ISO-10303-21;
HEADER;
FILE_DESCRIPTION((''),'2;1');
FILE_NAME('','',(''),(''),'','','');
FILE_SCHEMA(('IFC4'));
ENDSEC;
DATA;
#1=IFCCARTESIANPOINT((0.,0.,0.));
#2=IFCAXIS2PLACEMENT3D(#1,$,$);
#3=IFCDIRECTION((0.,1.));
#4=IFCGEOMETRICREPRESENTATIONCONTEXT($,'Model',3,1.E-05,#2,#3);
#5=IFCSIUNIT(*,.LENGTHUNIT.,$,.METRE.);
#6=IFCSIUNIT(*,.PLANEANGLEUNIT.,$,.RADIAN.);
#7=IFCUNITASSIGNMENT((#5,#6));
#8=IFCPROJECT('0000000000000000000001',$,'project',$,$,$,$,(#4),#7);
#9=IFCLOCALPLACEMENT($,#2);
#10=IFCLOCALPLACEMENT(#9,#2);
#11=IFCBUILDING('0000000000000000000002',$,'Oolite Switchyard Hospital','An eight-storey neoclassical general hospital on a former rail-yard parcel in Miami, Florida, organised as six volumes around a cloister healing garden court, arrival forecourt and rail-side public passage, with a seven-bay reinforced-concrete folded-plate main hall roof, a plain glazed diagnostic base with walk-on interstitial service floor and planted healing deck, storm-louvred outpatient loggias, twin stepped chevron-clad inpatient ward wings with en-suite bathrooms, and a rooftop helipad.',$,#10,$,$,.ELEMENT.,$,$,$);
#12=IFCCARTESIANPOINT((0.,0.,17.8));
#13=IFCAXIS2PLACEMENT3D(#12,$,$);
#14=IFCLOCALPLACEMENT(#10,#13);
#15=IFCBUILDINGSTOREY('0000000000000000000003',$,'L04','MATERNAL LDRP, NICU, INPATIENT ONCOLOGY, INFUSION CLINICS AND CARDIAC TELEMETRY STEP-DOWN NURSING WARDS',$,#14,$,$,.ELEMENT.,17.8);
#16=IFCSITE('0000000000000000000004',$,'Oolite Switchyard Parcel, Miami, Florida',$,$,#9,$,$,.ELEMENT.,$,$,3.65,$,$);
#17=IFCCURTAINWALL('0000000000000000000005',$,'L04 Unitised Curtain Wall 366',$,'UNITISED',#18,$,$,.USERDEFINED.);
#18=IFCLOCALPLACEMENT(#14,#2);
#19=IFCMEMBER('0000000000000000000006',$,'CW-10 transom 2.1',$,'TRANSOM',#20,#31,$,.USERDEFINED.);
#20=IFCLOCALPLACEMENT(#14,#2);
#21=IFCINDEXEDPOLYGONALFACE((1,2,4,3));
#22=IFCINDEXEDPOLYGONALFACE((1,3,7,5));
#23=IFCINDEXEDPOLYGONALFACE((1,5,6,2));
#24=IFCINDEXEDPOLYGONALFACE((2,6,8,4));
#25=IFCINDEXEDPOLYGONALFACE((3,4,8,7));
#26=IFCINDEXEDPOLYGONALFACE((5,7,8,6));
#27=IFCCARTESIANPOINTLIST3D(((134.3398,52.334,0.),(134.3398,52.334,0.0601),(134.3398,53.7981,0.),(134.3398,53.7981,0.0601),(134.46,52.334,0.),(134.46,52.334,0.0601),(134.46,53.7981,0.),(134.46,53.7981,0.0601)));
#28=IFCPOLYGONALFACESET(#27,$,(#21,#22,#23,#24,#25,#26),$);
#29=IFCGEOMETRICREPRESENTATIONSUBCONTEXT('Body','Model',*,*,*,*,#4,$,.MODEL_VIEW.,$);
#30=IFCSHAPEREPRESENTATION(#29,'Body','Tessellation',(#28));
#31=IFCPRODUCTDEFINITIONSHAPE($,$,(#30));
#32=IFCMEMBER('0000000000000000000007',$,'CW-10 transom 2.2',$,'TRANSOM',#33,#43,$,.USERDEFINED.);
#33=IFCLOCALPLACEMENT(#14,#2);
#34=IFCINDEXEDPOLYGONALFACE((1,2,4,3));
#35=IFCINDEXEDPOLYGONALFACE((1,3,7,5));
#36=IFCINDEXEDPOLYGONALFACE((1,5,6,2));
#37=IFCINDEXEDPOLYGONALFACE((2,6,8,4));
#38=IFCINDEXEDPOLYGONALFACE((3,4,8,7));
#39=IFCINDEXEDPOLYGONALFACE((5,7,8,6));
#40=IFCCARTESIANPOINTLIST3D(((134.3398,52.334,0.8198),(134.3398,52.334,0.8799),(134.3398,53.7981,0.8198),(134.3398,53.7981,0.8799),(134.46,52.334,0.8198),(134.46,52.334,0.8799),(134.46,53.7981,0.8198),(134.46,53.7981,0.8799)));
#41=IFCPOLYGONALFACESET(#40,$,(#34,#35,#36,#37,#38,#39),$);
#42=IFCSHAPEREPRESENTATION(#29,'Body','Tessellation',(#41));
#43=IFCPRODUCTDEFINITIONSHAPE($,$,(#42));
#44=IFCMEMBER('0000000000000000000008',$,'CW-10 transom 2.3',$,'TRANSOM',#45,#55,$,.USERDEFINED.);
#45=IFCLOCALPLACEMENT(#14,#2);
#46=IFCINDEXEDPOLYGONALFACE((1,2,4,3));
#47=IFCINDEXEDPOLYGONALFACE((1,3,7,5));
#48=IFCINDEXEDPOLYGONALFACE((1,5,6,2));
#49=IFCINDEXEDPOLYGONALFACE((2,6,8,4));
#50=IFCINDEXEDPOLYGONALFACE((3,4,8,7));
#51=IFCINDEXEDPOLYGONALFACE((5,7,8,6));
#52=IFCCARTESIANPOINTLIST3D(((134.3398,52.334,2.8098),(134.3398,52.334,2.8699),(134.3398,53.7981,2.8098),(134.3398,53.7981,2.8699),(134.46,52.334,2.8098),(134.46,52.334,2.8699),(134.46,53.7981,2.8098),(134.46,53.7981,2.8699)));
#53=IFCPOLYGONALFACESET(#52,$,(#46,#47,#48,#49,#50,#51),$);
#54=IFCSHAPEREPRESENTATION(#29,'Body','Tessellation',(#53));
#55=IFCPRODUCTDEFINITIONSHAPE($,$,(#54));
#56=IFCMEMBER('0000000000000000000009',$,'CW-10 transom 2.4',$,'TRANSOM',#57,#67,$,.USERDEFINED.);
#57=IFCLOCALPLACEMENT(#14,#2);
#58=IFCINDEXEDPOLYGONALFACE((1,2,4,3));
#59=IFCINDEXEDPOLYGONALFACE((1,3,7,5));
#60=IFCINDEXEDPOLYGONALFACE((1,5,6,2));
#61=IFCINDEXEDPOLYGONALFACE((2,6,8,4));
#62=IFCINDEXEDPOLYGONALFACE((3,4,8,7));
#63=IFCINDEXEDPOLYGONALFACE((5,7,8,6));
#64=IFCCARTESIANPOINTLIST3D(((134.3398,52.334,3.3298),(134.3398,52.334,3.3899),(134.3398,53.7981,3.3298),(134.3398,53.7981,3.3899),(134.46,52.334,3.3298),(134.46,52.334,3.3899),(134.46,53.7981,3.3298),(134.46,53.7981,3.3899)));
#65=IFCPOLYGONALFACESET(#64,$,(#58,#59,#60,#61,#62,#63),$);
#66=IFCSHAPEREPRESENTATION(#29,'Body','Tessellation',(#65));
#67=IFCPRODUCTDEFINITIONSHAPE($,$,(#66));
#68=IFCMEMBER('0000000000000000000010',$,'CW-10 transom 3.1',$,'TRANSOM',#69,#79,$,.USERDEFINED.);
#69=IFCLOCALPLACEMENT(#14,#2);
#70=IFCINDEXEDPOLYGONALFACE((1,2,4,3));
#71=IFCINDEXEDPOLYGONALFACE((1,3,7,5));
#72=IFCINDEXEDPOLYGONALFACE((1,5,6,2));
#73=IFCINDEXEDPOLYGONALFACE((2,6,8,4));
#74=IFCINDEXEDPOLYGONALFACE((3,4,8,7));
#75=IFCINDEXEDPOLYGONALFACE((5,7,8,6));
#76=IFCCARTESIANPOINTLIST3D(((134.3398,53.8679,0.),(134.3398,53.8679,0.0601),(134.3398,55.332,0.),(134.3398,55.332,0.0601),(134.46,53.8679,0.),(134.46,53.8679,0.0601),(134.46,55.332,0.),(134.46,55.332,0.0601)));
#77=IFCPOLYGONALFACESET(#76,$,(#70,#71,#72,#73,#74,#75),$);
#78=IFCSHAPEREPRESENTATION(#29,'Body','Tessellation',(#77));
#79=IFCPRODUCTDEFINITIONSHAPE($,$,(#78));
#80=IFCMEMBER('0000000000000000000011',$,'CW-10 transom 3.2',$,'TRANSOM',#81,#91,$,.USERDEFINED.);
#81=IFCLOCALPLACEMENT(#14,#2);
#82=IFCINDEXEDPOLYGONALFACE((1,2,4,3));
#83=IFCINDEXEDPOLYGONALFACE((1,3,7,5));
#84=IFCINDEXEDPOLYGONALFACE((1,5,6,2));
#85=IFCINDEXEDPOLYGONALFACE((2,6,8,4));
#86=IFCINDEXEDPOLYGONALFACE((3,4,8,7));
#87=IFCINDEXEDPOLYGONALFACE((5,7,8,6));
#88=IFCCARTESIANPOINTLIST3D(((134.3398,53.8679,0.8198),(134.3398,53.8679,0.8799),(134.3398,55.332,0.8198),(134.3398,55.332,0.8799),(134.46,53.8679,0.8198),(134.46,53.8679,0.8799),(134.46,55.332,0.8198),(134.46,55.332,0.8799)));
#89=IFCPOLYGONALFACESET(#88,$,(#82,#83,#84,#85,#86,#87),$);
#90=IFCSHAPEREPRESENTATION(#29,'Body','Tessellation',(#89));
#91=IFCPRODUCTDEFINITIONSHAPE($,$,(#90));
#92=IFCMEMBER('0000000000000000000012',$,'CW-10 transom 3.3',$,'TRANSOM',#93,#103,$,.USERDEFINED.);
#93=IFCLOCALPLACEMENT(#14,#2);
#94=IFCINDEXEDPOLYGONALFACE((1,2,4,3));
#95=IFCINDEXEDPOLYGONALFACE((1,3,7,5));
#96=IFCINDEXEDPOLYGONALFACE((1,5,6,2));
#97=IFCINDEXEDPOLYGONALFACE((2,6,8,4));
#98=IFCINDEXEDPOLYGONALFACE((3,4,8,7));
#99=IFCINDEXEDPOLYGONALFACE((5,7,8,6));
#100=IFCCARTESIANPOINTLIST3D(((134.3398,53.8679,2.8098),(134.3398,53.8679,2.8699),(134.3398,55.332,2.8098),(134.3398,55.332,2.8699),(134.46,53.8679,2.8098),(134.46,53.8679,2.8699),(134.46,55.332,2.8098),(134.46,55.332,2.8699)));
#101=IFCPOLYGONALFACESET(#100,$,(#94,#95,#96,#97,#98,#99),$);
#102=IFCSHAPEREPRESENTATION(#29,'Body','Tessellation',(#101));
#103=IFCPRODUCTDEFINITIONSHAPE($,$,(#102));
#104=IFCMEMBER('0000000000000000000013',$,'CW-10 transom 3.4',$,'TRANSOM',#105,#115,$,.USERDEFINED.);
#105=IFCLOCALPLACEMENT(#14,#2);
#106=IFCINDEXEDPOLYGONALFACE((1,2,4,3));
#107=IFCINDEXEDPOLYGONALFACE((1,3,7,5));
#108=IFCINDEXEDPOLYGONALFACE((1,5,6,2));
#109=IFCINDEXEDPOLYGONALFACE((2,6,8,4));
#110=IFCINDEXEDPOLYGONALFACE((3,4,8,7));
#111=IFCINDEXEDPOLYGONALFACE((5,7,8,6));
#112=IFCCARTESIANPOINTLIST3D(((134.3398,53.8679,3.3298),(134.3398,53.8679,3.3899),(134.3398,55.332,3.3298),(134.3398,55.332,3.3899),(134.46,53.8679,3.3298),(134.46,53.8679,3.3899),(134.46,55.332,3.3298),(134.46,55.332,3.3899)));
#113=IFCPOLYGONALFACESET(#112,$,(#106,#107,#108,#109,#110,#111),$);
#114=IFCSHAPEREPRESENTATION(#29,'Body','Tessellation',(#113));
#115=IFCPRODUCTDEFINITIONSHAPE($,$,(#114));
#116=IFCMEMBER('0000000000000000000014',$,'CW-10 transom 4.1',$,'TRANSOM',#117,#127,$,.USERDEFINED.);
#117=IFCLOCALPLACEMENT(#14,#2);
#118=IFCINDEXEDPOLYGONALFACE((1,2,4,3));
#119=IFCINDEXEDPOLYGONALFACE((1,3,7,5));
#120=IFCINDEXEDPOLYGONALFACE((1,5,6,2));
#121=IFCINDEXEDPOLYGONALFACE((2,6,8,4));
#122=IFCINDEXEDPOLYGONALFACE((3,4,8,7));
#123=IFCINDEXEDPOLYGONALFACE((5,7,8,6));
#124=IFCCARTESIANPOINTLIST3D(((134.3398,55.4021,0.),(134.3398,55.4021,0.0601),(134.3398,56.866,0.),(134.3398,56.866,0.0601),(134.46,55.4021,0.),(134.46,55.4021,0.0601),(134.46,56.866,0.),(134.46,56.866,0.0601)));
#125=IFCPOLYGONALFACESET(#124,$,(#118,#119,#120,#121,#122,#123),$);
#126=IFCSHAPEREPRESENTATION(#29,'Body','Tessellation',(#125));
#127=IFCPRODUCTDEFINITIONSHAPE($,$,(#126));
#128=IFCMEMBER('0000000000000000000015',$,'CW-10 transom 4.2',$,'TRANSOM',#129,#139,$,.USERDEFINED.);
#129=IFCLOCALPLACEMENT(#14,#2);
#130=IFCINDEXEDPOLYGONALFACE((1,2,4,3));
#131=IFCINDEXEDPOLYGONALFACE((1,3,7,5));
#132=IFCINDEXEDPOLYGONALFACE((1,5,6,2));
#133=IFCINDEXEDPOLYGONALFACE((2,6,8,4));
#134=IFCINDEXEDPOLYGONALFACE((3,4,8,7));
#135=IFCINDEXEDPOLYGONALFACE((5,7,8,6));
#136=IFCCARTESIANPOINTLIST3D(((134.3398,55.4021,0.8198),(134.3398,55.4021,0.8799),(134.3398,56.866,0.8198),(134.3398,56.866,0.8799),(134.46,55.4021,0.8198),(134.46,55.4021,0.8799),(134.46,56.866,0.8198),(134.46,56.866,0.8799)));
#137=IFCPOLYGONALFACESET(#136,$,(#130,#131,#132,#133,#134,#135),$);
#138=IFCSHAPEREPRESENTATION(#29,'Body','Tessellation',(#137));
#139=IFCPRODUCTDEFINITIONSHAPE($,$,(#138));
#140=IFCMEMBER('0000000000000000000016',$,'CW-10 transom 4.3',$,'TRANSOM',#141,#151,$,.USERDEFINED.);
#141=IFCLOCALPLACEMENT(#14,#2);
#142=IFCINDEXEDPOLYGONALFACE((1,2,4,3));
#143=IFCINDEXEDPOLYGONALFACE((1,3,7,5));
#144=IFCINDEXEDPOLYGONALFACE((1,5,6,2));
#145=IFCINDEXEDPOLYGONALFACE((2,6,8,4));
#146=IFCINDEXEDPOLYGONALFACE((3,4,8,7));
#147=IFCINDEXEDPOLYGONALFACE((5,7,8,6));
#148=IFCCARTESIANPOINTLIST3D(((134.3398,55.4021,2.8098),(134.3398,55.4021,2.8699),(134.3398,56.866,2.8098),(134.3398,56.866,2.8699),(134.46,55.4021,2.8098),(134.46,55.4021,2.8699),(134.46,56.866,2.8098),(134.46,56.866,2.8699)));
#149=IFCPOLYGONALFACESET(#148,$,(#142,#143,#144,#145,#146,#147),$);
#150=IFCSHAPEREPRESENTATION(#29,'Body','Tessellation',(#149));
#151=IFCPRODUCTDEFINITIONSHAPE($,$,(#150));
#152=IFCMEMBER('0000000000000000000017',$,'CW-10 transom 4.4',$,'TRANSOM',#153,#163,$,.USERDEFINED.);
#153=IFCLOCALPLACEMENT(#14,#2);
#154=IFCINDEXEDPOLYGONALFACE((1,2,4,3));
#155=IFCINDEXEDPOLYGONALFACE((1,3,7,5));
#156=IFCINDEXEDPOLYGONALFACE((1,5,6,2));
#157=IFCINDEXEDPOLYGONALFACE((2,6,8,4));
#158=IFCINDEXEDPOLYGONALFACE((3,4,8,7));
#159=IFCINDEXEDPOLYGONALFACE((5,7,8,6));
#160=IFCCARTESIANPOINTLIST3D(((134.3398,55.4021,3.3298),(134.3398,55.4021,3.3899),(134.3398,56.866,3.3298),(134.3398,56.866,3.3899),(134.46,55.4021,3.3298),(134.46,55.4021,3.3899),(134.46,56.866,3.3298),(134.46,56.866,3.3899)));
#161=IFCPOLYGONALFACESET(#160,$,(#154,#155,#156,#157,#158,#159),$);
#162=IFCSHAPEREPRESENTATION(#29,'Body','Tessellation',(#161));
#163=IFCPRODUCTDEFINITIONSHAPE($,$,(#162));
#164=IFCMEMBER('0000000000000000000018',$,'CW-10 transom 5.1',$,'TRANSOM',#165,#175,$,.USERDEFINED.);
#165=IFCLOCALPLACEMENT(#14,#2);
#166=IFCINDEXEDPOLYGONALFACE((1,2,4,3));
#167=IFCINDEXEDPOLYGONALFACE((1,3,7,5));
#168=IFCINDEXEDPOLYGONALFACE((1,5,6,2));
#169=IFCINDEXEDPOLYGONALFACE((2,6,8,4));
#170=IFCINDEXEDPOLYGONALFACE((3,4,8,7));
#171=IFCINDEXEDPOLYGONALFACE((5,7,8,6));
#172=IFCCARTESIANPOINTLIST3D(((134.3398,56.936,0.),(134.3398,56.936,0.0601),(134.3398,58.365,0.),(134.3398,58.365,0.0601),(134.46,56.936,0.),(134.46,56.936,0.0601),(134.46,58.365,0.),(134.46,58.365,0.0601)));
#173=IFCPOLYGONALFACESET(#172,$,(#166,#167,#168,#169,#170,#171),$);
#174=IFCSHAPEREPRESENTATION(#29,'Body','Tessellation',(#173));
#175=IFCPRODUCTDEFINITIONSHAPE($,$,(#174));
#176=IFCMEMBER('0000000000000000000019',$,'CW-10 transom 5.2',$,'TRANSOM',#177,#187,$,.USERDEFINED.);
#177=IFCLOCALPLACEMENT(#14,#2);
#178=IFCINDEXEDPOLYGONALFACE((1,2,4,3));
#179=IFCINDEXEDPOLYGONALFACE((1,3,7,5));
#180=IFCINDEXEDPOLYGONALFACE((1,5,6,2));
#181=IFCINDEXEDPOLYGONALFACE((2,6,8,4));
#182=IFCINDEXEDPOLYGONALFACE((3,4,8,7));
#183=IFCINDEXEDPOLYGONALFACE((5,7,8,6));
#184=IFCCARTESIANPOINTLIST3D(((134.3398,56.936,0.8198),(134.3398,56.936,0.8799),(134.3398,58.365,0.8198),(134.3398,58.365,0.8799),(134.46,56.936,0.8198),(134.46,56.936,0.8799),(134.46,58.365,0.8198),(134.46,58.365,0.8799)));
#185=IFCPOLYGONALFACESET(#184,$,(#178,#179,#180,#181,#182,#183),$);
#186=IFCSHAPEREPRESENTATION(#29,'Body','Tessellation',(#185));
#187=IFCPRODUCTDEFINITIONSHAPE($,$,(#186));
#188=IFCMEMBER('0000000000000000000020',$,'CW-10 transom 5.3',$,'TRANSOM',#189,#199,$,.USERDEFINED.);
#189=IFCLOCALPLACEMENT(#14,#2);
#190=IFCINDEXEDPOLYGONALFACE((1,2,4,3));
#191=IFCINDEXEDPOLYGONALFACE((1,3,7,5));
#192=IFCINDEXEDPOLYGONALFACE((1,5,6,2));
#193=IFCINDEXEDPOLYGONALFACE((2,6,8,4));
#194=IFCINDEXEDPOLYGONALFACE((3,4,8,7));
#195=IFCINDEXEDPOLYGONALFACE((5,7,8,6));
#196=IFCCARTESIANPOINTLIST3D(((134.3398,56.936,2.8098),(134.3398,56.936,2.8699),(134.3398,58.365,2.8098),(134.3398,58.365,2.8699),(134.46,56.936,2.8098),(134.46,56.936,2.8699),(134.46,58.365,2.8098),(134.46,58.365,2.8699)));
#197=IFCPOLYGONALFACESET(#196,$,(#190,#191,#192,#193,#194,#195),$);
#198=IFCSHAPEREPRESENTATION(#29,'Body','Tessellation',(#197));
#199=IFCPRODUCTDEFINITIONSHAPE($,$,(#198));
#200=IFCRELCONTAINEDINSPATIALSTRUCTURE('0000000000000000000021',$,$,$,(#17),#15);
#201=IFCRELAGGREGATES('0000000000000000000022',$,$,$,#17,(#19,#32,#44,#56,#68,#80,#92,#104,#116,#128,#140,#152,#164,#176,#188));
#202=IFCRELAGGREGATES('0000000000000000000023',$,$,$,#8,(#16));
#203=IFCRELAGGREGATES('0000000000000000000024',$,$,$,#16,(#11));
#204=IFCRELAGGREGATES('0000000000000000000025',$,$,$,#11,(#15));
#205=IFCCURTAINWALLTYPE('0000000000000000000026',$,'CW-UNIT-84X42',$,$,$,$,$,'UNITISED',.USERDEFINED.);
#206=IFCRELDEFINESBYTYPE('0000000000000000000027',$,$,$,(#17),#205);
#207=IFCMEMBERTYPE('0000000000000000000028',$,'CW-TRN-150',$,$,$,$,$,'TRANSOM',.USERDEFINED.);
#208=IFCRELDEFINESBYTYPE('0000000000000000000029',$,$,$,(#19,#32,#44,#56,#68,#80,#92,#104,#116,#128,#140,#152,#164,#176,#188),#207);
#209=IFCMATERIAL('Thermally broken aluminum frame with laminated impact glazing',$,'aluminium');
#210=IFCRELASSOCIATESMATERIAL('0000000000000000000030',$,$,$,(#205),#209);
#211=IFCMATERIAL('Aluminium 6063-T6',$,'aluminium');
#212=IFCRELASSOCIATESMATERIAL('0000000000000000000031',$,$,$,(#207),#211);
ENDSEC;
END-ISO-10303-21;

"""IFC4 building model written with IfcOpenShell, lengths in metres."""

from ifc_helpers import new_model, si_unit, direction, frame, origin, origin_2d, place, context, subcontext, project, spatial, rectangle, extrude, material, material_profile, profile_set, type_object, element, aggregate, save


model = new_model("IFC4")

# Units and contexts
model_context = context("Model", 3, precision=1e-05, world=origin(), true_north=direction((0.0, 1.0)))
body_context = subcontext(model_context, "Body", "Model", "MODEL_VIEW")
ifc_project = project(units=[si_unit("LENGTHUNIT", "METRE"), si_unit("PLANEANGLEUNIT", "RADIAN")], contexts=[model_context])

# Site, building, storey
site_placement = place(None, origin())
site = spatial("IfcSite", under=ifc_project, at=site_placement, Name="Oolite Switchyard Parcel, Miami, Florida", CompositionType="ELEMENT", RefElevation=3.65)
building_placement = place(site_placement, origin())
building = spatial("IfcBuilding", under=site, at=building_placement, Name="Oolite Switchyard Hospital", Description="An eight-storey neoclassical general hospital on a former rail-yard parcel in Miami, Florida, organised as six volumes around a cloister healing garden court, arrival forecourt and rail-side public passage, with a seven-bay reinforced-concrete folded-plate main hall roof, a plain glazed diagnostic base with walk-on interstitial service floor and planted healing deck, storm-louvred outpatient loggias, twin stepped chevron-clad inpatient ward wings with en-suite bathrooms, and a rooftop helipad.", CompositionType="ELEMENT")
storey_placement = place(building_placement, frame((0.0, 0.0, 17.8)))
storey = spatial("IfcBuildingStorey", under=building, at=storey_placement, Name="L04", Description="MATERNAL LDRP, NICU, INPATIENT ONCOLOGY, INFUSION CLINICS AND CARDIAC TELEMETRY STEP-DOWN NURSING WARDS", CompositionType="ELEMENT", Elevation=17.8)

# Curtain wall, members
ifc_material_1 = material(Name="Thermally broken aluminum frame with laminated impact glazing", Category="aluminium")
curtain_wall_type = type_object("IfcCurtainWallType", Name="CW-UNIT-84X42", ElementType="UNITISED", PredefinedType="USERDEFINED", material=ifc_material_1)
curtain_wall_placement = place(storey_placement, origin())
curtain_wall = element("IfcCurtainWall", 1, at=curtain_wall_placement, inside=storey, type_object=curtain_wall_type, Name="L04 Unitised Curtain Wall 366", ObjectType="UNITISED", PredefinedType="USERDEFINED")
ifc_material_2 = material(Name="Aluminium 6063-T6", Category="aluminium")
ifc_material_profile_1 = material_profile(ifc_material_2, rectangle(XDim=0.1201, YDim=0.0601, at=origin_2d()), Name="CWT60X120")
ifc_profile_set_1 = profile_set([ifc_material_profile_1], Name="Aluminium 6063-T6")
member_type_1 = type_object("IfcMemberType", Name="CW-TRN-150", ElementType="TRANSOM", PredefinedType="USERDEFINED", material=ifc_profile_set_1)
member_1_placement = place(storey_placement, frame((134.3999, 52.334, 0.03), z_axis=(0.0, 1.0, 0.0), x_axis=(-1.0, 0.0, 0.0)))
member_1 = element("IfcMember", 2, at=member_1_placement, type_object=member_type_1, Name="CW-10 transom 2.1", ObjectType="TRANSOM", PredefinedType="USERDEFINED", context=body_context, shape_type="SweptSolid", body=[
    extrude(rectangle(XDim=0.1201, YDim=0.0601, at=origin_2d()), origin(), (0.0, 0.0, 1.0), 1.4641),
])
member_2_placement = place(storey_placement, frame((134.3999, 52.334, 0.8499), z_axis=(0.0, 1.0, 0.0), x_axis=(-1.0, 0.0, 0.0)))
member_2 = element("IfcMember", 3, at=member_2_placement, type_object=member_type_1, Name="CW-10 transom 2.2", ObjectType="TRANSOM", PredefinedType="USERDEFINED", context=body_context, shape_type="SweptSolid", body=[
    extrude(rectangle(XDim=0.1201, YDim=0.0601, at=origin_2d()), origin(), (0.0, 0.0, 1.0), 1.4641),
])
member_3_placement = place(storey_placement, frame((134.3999, 52.334, 2.8398), z_axis=(0.0, 1.0, 0.0), x_axis=(-1.0, 0.0, 0.0)))
member_3 = element("IfcMember", 4, at=member_3_placement, type_object=member_type_1, Name="CW-10 transom 2.3", ObjectType="TRANSOM", PredefinedType="USERDEFINED", context=body_context, shape_type="SweptSolid", body=[
    extrude(rectangle(XDim=0.1201, YDim=0.0601, at=origin_2d()), origin(), (0.0, 0.0, 1.0), 1.4641),
])
member_4_placement = place(storey_placement, frame((134.3999, 52.334, 3.3599), z_axis=(0.0, 1.0, 0.0), x_axis=(-1.0, 0.0, 0.0)))
member_4 = element("IfcMember", 5, at=member_4_placement, type_object=member_type_1, Name="CW-10 transom 2.4", ObjectType="TRANSOM", PredefinedType="USERDEFINED", context=body_context, shape_type="SweptSolid", body=[
    extrude(rectangle(XDim=0.1201, YDim=0.0601, at=origin_2d()), origin(), (0.0, 0.0, 1.0), 1.4641),
])
member_5_placement = place(storey_placement, frame((134.3999, 53.8679, 0.03), z_axis=(0.0, 1.0, 0.0), x_axis=(-1.0, 0.0, 0.0)))
member_5 = element("IfcMember", 6, at=member_5_placement, type_object=member_type_1, Name="CW-10 transom 3.1", ObjectType="TRANSOM", PredefinedType="USERDEFINED", context=body_context, shape_type="SweptSolid", body=[
    extrude(rectangle(XDim=0.1201, YDim=0.0601, at=origin_2d()), origin(), (0.0, 0.0, 1.0), 1.4641),
])
member_6_placement = place(storey_placement, frame((134.3999, 53.8679, 0.8499), z_axis=(0.0, 1.0, 0.0), x_axis=(-1.0, 0.0, 0.0)))
member_6 = element("IfcMember", 7, at=member_6_placement, type_object=member_type_1, Name="CW-10 transom 3.2", ObjectType="TRANSOM", PredefinedType="USERDEFINED", context=body_context, shape_type="SweptSolid", body=[
    extrude(rectangle(XDim=0.1201, YDim=0.0601, at=origin_2d()), origin(), (0.0, 0.0, 1.0), 1.4641),
])
member_7_placement = place(storey_placement, frame((134.3999, 53.8679, 2.8398), z_axis=(0.0, 1.0, 0.0), x_axis=(-1.0, 0.0, 0.0)))
member_7 = element("IfcMember", 8, at=member_7_placement, type_object=member_type_1, Name="CW-10 transom 3.3", ObjectType="TRANSOM", PredefinedType="USERDEFINED", context=body_context, shape_type="SweptSolid", body=[
    extrude(rectangle(XDim=0.1201, YDim=0.0601, at=origin_2d()), origin(), (0.0, 0.0, 1.0), 1.4641),
])
member_8_placement = place(storey_placement, frame((134.3999, 53.8679, 3.3599), z_axis=(0.0, 1.0, 0.0), x_axis=(-1.0, 0.0, 0.0)))
member_8 = element("IfcMember", 9, at=member_8_placement, type_object=member_type_1, Name="CW-10 transom 3.4", ObjectType="TRANSOM", PredefinedType="USERDEFINED", context=body_context, shape_type="SweptSolid", body=[
    extrude(rectangle(XDim=0.1201, YDim=0.0601, at=origin_2d()), origin(), (0.0, 0.0, 1.0), 1.4641),
])
member_9_placement = place(storey_placement, frame((134.3999, 55.4021, 0.03), z_axis=(0.0, 1.0, 0.0), x_axis=(-1.0, 0.0, 0.0)))
member_9 = element("IfcMember", 10, at=member_9_placement, type_object=member_type_1, Name="CW-10 transom 4.1", ObjectType="TRANSOM", PredefinedType="USERDEFINED", context=body_context, shape_type="SweptSolid", body=[
    extrude(rectangle(XDim=0.1201, YDim=0.0601, at=origin_2d()), origin(), (0.0, 0.0, 1.0), 1.4639),
])
member_10_placement = place(storey_placement, frame((134.3999, 55.4021, 0.8499), z_axis=(0.0, 1.0, 0.0), x_axis=(-1.0, 0.0, 0.0)))
member_10 = element("IfcMember", 11, at=member_10_placement, type_object=member_type_1, Name="CW-10 transom 4.2", ObjectType="TRANSOM", PredefinedType="USERDEFINED", context=body_context, shape_type="SweptSolid", body=[
    extrude(rectangle(XDim=0.1201, YDim=0.0601, at=origin_2d()), origin(), (0.0, 0.0, 1.0), 1.4639),
])
member_11_placement = place(storey_placement, frame((134.3999, 55.4021, 2.8398), z_axis=(0.0, 1.0, 0.0), x_axis=(-1.0, 0.0, 0.0)))
member_11 = element("IfcMember", 12, at=member_11_placement, type_object=member_type_1, Name="CW-10 transom 4.3", ObjectType="TRANSOM", PredefinedType="USERDEFINED", context=body_context, shape_type="SweptSolid", body=[
    extrude(rectangle(XDim=0.1201, YDim=0.0601, at=origin_2d()), origin(), (0.0, 0.0, 1.0), 1.4639),
])
member_12_placement = place(storey_placement, frame((134.3999, 55.4021, 3.3599), z_axis=(0.0, 1.0, 0.0), x_axis=(-1.0, 0.0, 0.0)))
member_12 = element("IfcMember", 13, at=member_12_placement, type_object=member_type_1, Name="CW-10 transom 4.4", ObjectType="TRANSOM", PredefinedType="USERDEFINED", context=body_context, shape_type="SweptSolid", body=[
    extrude(rectangle(XDim=0.1201, YDim=0.0601, at=origin_2d()), origin(), (0.0, 0.0, 1.0), 1.4639),
])
member_13_placement = place(storey_placement, frame((134.3999, 56.936, 0.03), z_axis=(0.0, 1.0, 0.0), x_axis=(-1.0, 0.0, 0.0)))
member_13 = element("IfcMember", 14, at=member_13_placement, type_object=member_type_1, Name="CW-10 transom 5.1", ObjectType="TRANSOM", PredefinedType="USERDEFINED", context=body_context, shape_type="SweptSolid", body=[
    extrude(rectangle(XDim=0.1201, YDim=0.0601, at=origin_2d()), origin(), (0.0, 0.0, 1.0), 1.429),
])
member_14_placement = place(storey_placement, frame((134.3999, 56.936, 0.8499), z_axis=(0.0, 1.0, 0.0), x_axis=(-1.0, 0.0, 0.0)))
member_14 = element("IfcMember", 15, at=member_14_placement, type_object=member_type_1, Name="CW-10 transom 5.2", ObjectType="TRANSOM", PredefinedType="USERDEFINED", context=body_context, shape_type="SweptSolid", body=[
    extrude(rectangle(XDim=0.1201, YDim=0.0601, at=origin_2d()), origin(), (0.0, 0.0, 1.0), 1.429),
])
member_15_placement = place(storey_placement, frame((134.3999, 56.936, 2.8398), z_axis=(0.0, 1.0, 0.0), x_axis=(-1.0, 0.0, 0.0)))
member_15 = element("IfcMember", 16, at=member_15_placement, type_object=member_type_1, Name="CW-10 transom 5.3", ObjectType="TRANSOM", PredefinedType="USERDEFINED", context=body_context, shape_type="SweptSolid", body=[
    extrude(rectangle(XDim=0.1201, YDim=0.0601, at=origin_2d()), origin(), (0.0, 0.0, 1.0), 1.429),
])
aggregate(curtain_wall, [member_1, member_2, member_3, member_4, member_5, member_6, member_7, member_8, member_9, member_10, member_11, member_12, member_13, member_14, member_15])

save(model, "model.ifc")
